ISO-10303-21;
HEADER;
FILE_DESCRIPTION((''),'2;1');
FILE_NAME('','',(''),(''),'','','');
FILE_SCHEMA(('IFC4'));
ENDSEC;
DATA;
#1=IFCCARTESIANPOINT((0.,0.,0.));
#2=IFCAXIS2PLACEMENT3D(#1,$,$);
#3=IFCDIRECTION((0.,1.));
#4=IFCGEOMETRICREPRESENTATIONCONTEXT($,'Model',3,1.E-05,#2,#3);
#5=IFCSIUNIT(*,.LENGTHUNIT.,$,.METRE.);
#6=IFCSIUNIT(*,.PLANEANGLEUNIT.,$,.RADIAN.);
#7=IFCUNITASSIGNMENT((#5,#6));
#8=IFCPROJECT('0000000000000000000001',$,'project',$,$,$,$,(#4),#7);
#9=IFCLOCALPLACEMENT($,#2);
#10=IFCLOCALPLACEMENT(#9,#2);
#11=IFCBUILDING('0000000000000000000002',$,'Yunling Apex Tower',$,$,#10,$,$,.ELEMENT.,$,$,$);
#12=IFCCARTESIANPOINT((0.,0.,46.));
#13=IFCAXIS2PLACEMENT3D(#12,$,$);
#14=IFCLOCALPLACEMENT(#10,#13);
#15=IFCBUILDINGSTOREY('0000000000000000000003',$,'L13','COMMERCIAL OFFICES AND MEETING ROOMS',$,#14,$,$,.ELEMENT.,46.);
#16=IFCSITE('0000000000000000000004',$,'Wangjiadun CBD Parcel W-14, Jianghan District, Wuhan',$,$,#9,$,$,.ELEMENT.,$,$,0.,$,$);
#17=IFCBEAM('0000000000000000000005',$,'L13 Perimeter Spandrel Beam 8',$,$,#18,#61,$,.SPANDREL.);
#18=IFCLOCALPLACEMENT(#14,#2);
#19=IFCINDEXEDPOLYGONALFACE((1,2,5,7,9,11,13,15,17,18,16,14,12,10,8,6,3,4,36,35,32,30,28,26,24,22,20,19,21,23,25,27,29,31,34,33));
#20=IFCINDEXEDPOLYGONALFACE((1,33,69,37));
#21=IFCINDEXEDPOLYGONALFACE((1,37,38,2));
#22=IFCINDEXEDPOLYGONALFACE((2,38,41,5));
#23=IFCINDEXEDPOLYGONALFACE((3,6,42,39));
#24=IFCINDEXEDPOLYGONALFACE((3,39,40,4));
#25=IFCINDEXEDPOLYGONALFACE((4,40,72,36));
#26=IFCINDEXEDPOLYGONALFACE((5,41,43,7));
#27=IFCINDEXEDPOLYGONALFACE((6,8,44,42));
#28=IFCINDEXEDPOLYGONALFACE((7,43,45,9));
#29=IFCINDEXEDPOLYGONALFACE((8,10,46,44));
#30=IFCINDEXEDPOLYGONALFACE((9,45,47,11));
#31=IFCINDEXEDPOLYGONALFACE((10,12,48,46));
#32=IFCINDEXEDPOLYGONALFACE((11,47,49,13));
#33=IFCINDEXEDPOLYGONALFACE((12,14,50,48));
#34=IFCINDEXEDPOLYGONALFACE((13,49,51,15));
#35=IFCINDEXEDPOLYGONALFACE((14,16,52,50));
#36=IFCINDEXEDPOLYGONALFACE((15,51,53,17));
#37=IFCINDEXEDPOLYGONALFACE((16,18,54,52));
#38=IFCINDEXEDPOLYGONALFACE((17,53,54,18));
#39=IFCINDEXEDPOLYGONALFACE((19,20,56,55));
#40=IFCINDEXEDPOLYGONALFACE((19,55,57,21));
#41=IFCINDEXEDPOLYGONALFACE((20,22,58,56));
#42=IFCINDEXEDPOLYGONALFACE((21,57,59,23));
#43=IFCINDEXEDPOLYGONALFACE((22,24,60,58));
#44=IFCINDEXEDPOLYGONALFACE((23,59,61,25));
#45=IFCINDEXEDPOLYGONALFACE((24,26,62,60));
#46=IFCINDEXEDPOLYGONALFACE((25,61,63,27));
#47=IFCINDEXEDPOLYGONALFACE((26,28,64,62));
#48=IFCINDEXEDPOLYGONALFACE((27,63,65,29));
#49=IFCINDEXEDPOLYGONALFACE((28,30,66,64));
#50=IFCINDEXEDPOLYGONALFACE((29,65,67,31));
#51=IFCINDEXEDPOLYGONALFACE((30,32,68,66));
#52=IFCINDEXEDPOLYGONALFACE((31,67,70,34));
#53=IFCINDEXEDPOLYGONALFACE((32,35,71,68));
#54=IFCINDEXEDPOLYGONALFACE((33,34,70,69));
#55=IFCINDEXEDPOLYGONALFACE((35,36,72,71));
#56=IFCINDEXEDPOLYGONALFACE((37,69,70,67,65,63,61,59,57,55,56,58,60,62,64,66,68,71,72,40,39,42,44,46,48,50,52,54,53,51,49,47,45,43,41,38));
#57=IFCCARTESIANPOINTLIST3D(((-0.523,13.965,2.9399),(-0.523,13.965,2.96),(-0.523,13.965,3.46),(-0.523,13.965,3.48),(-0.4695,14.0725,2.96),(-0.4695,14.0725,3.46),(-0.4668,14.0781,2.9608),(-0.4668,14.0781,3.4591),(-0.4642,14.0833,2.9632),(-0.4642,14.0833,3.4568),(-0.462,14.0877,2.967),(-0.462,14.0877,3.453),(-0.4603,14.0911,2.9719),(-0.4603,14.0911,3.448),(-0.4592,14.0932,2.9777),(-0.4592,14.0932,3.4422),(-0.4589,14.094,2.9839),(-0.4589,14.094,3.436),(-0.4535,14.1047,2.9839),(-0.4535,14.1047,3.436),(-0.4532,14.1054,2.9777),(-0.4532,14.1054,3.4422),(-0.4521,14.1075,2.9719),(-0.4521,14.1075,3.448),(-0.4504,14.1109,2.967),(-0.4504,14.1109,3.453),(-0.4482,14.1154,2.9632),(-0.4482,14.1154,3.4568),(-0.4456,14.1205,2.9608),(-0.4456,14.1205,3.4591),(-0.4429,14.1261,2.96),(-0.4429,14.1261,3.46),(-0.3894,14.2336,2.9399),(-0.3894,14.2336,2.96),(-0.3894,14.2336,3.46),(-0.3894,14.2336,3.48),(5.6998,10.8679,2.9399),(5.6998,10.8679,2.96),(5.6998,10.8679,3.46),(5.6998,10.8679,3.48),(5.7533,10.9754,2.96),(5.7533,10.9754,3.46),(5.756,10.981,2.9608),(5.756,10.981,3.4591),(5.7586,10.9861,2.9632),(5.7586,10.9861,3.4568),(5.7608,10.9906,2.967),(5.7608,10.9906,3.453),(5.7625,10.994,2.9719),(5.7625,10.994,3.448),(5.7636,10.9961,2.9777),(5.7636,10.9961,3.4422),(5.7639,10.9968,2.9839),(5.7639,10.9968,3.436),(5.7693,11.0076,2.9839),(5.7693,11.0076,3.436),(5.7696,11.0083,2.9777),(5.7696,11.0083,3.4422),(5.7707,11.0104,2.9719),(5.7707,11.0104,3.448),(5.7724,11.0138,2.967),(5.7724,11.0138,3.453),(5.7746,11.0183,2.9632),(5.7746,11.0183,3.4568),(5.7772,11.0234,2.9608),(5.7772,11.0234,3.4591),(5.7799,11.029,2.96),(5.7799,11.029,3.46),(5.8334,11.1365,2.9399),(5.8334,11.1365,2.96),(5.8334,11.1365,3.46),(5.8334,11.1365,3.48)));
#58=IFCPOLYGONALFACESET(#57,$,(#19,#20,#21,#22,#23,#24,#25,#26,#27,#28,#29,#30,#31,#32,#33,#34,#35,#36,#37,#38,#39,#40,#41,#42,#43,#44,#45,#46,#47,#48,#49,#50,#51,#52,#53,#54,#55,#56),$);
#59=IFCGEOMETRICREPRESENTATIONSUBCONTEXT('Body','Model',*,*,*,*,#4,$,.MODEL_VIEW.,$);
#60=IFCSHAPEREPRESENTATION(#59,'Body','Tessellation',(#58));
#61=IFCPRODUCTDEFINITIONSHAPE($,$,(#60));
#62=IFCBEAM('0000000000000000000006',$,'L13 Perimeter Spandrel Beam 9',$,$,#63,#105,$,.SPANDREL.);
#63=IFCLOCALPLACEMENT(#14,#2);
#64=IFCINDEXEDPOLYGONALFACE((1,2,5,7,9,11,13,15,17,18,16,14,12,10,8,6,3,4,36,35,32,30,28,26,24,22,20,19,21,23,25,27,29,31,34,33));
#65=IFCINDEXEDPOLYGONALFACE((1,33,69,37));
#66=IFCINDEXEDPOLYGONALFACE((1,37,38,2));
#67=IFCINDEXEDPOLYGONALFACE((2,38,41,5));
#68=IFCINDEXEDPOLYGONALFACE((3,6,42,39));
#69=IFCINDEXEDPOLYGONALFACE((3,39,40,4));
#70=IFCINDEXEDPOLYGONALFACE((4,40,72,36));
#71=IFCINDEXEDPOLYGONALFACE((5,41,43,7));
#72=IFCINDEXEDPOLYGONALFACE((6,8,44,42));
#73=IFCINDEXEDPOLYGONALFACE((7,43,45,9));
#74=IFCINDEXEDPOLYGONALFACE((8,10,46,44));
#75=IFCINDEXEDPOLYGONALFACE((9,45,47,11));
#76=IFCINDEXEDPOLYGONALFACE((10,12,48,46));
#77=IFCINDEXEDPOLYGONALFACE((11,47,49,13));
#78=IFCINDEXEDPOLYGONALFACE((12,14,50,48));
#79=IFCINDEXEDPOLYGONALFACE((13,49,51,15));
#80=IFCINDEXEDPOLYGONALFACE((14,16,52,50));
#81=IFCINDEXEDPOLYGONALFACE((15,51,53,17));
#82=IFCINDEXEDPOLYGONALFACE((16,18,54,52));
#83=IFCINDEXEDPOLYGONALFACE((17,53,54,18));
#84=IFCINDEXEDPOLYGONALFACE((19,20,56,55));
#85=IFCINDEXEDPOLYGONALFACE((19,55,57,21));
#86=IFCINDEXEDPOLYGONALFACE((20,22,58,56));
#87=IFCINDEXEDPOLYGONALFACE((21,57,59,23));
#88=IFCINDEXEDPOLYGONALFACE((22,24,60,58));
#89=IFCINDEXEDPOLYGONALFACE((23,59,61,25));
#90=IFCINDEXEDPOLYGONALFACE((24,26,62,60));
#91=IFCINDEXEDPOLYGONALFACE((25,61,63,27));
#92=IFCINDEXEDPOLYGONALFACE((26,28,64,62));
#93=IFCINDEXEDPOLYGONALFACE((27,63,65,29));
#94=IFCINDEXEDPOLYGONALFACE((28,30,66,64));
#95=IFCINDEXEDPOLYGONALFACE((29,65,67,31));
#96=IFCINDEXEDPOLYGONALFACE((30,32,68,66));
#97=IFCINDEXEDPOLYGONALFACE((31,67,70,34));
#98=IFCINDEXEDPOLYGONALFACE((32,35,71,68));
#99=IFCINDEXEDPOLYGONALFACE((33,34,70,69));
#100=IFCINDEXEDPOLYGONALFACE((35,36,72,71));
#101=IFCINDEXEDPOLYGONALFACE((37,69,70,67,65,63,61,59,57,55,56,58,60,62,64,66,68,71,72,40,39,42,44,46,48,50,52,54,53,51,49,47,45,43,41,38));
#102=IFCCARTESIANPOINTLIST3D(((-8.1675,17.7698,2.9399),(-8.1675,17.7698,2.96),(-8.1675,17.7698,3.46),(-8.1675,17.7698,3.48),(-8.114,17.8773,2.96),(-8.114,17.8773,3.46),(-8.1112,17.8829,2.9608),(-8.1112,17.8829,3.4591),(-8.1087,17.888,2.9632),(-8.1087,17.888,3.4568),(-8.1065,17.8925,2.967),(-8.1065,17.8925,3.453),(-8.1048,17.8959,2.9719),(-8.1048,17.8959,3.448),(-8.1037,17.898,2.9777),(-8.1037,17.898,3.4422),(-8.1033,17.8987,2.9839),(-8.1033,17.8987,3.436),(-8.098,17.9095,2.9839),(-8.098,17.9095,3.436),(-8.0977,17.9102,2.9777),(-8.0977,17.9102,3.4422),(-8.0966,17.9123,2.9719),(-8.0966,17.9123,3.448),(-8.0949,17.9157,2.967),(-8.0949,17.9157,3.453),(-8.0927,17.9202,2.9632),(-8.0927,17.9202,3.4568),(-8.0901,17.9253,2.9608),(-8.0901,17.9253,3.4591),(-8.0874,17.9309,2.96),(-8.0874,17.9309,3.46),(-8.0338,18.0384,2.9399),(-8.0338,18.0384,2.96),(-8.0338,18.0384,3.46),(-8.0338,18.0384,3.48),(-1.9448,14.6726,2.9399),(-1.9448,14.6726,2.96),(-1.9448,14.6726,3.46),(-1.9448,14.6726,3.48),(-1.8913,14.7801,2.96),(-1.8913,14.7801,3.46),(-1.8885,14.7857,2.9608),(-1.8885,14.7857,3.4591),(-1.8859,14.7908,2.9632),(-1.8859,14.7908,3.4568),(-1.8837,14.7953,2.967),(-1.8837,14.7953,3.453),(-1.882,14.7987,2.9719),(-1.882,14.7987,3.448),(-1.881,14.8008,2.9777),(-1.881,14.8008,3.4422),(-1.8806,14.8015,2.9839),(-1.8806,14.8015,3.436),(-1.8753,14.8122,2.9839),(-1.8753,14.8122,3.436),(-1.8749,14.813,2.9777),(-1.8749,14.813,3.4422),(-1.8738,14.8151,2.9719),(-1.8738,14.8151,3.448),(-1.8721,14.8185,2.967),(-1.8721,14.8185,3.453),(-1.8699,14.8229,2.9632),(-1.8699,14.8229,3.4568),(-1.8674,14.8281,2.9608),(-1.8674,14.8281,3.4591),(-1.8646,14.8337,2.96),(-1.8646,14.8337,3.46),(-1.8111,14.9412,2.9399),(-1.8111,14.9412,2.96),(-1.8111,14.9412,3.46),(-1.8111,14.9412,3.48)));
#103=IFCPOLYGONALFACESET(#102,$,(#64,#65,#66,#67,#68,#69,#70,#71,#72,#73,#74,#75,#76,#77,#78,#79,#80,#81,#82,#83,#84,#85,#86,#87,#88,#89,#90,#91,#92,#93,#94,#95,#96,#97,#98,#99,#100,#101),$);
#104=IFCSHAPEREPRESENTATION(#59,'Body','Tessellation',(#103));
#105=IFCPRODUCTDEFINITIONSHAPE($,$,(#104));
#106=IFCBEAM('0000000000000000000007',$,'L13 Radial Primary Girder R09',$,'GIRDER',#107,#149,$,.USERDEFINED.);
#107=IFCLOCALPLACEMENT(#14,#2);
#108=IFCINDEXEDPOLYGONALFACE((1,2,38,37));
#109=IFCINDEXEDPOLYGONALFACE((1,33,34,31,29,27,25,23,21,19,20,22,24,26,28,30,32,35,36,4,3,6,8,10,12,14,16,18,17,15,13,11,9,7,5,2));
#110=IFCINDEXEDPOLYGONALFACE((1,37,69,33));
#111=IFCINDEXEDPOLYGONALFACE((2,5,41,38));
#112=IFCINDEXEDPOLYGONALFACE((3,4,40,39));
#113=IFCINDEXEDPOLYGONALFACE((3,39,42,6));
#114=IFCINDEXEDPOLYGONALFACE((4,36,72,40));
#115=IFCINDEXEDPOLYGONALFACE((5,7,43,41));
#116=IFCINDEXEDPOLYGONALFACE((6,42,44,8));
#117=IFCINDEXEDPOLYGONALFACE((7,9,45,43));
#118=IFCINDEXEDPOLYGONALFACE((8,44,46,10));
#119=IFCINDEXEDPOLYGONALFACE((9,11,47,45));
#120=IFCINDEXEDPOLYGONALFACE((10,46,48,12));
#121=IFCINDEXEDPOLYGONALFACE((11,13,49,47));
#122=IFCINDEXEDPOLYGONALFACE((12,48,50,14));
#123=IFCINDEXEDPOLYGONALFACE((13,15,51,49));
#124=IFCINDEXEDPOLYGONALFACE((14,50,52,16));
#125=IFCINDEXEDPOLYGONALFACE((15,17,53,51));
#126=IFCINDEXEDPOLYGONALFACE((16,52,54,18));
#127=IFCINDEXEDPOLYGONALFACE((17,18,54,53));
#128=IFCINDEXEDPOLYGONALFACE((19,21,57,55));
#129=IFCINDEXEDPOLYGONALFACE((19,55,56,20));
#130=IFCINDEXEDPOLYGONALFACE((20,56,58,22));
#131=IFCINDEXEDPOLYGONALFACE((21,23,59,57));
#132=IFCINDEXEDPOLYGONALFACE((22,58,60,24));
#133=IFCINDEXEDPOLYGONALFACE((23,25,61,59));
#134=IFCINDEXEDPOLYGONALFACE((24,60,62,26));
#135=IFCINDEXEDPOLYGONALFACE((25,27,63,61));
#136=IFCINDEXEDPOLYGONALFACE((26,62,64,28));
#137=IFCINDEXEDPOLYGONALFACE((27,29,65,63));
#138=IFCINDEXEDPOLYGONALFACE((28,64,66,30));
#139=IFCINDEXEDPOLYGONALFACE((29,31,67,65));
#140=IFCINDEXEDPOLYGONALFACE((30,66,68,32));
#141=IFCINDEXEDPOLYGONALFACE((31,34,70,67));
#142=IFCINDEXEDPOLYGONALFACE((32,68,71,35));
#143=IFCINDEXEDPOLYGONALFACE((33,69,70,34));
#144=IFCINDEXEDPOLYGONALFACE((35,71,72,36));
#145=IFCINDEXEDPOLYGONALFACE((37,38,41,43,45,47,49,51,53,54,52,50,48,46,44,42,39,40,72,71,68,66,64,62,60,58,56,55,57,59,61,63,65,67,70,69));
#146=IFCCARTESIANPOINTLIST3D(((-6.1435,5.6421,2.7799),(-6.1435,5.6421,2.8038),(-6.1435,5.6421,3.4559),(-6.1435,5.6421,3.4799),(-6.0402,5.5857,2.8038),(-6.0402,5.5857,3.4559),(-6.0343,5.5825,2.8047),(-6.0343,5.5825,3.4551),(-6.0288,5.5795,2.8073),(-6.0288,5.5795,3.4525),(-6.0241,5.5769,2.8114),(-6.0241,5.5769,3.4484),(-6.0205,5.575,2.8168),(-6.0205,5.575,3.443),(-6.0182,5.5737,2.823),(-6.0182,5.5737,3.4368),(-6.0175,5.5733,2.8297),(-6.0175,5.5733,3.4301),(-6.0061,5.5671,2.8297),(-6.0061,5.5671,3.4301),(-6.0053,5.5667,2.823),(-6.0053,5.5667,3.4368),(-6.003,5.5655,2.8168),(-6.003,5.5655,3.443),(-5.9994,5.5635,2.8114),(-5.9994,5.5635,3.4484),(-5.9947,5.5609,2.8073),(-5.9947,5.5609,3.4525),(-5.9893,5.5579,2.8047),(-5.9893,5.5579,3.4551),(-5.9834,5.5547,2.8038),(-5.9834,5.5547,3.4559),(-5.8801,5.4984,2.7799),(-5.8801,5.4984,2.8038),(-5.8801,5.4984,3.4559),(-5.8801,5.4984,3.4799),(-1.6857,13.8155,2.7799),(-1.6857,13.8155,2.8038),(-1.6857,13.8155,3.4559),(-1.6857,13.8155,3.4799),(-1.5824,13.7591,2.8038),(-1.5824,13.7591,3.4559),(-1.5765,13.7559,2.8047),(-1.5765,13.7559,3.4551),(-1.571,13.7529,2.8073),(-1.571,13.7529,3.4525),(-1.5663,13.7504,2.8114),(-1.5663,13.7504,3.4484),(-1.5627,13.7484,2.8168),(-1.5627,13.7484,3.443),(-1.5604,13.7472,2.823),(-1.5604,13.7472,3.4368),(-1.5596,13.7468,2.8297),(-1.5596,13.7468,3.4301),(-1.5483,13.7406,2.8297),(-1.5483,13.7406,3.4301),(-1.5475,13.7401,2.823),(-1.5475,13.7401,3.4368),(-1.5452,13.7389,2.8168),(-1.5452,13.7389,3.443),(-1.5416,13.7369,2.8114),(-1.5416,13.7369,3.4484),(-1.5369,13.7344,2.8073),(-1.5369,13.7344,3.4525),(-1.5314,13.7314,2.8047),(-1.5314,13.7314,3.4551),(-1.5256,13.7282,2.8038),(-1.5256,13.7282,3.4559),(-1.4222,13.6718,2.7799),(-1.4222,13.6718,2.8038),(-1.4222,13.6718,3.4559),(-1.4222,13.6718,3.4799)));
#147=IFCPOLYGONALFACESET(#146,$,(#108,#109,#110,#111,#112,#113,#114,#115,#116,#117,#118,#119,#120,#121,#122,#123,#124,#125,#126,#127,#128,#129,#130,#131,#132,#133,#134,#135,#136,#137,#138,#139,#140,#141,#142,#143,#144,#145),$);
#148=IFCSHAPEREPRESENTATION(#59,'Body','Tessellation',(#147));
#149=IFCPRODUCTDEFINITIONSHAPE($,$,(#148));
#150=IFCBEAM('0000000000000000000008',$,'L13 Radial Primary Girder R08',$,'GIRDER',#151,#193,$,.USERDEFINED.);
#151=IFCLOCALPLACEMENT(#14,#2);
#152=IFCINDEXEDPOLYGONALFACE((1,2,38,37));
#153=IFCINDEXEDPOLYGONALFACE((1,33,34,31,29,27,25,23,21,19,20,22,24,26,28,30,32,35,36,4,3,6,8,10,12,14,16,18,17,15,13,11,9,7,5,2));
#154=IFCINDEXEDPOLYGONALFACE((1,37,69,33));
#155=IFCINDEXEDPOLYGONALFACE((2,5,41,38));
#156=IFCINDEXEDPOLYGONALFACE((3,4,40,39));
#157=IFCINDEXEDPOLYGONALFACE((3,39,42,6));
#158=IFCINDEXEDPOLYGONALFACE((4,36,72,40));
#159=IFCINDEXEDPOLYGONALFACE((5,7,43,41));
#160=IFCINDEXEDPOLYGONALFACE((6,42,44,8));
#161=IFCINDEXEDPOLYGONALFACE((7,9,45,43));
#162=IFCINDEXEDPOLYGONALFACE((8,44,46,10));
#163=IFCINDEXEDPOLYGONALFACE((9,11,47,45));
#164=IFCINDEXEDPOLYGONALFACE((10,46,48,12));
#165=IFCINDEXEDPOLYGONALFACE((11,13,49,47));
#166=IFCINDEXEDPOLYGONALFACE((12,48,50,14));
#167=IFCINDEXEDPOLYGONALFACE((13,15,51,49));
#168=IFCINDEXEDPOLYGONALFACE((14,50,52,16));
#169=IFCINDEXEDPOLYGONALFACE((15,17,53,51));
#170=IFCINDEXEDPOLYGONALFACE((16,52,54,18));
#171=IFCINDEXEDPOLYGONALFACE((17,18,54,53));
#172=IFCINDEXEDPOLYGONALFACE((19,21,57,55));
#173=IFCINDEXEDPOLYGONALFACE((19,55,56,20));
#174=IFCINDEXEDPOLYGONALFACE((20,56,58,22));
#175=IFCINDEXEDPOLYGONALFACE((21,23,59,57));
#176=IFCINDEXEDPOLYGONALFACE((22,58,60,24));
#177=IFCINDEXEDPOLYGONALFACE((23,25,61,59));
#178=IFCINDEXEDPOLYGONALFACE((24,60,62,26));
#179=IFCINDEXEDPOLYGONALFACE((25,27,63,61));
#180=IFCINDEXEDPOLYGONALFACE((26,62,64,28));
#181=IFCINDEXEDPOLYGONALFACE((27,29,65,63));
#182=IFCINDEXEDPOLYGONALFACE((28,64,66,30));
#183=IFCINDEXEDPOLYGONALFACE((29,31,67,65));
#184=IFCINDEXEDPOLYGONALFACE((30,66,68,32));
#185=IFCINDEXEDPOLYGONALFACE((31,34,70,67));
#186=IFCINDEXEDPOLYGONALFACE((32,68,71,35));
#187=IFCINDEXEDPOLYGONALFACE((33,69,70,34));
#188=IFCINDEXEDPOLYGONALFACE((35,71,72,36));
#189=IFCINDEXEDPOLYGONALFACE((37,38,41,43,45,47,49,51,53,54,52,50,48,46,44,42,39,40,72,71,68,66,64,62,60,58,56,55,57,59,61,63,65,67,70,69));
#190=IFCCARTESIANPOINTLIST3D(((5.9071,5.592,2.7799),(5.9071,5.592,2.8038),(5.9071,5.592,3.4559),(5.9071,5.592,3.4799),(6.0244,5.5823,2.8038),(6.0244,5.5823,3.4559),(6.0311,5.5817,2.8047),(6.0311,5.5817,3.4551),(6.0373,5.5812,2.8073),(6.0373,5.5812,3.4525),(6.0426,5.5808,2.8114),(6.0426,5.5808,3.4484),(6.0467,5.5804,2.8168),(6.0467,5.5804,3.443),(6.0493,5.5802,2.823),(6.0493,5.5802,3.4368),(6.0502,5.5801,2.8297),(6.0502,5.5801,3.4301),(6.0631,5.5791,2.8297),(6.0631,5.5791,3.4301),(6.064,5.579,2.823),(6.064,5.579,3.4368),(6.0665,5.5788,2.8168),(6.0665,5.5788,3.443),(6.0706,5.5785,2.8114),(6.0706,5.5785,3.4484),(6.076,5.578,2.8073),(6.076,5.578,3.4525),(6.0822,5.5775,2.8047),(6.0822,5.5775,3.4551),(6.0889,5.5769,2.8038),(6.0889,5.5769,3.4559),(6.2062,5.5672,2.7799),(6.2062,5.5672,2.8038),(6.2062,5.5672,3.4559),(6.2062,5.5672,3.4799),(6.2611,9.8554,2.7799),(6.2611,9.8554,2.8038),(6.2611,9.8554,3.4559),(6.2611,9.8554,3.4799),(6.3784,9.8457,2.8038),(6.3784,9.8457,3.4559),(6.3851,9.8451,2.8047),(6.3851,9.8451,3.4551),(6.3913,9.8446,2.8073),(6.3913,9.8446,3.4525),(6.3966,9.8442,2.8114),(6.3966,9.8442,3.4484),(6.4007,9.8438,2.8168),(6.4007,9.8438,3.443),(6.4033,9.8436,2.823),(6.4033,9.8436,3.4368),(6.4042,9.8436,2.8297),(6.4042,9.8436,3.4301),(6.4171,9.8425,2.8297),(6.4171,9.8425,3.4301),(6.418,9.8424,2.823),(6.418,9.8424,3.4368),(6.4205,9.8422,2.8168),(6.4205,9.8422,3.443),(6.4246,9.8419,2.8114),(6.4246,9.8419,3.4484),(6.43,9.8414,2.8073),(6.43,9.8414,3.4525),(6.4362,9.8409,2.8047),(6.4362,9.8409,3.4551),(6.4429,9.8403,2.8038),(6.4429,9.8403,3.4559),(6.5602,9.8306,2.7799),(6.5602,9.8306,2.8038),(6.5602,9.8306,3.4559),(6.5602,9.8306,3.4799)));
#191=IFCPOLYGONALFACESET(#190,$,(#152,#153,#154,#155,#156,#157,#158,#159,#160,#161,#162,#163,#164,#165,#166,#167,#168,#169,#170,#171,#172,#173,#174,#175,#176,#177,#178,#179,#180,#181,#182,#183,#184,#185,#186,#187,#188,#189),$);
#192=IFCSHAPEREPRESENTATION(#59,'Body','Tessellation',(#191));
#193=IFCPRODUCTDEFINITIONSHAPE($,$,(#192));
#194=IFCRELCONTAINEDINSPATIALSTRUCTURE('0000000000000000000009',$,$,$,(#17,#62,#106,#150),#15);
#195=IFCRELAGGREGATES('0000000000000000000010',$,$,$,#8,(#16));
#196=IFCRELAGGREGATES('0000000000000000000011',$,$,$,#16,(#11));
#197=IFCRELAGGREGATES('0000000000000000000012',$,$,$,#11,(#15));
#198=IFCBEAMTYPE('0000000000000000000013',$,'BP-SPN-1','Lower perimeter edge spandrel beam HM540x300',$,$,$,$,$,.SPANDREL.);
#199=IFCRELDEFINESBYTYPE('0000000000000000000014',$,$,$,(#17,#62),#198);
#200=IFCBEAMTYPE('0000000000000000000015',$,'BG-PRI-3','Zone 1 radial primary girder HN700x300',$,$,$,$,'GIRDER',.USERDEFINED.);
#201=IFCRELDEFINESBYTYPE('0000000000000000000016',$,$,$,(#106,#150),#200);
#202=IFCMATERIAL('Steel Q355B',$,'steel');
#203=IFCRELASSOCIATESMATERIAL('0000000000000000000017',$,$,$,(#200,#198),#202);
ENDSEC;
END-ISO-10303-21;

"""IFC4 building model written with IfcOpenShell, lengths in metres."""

from ifc_helpers import new_model, si_unit, direction, frame, origin, origin_2d, place, context, subcontext, project, spatial, i_section, extrude, source, transform, mapped, material, material_profile, profile_set, type_object, element, save


model = new_model("IFC4")

# Units and contexts
model_context = context("Model", 3, precision=1e-05, world=origin(), true_north=direction((0.0, 1.0)))
body_context = subcontext(model_context, "Body", "Model", "MODEL_VIEW")
ifc_project = project(units=[si_unit("LENGTHUNIT", "METRE"), si_unit("PLANEANGLEUNIT", "RADIAN")], contexts=[model_context])

# Site, building, storey
site_placement = place(None, origin())
site = spatial("IfcSite", under=ifc_project, at=site_placement, Name="Wangjiadun CBD Parcel W-14, Jianghan District, Wuhan", CompositionType="ELEMENT", RefElevation=0.0)
building_placement = place(site_placement, origin())
building = spatial("IfcBuilding", under=site, at=building_placement, Name="Yunling Apex Tower", CompositionType="ELEMENT")
storey_placement = place(building_placement, frame((0.0, 0.0, 46.0)))
storey = spatial("IfcBuildingStorey", under=building, at=storey_placement, Name="L13", Description="COMMERCIAL OFFICES AND MEETING ROOMS", CompositionType="ELEMENT", Elevation=46.0)

# Beams
ifc_material_1 = material(Name="Steel Q355B", Category="steel")
ifc_material_profile_1 = material_profile(ifc_material_1, i_section(OverallWidth=0.3, OverallDepth=0.7, WebThickness=0.0129, FlangeThickness=0.0239, FilletRadius=0.0259, at=origin_2d()))
ifc_profile_set_1 = profile_set([ifc_material_profile_1], Name="Steel Q355B")
beam_type_1 = type_object("IfcBeamType", Name="BG-PRI-3", Description="Zone 1 radial primary girder HN700x300", ElementType="GIRDER", PredefinedType="USERDEFINED", material=ifc_profile_set_1)
ifc_material_profile_2 = material_profile(ifc_material_1, i_section(OverallWidth=0.3, OverallDepth=0.54, WebThickness=0.012, FlangeThickness=0.02, FilletRadius=0.0239, at=origin_2d()))
ifc_profile_set_2 = profile_set([ifc_material_profile_2], Name="Steel Q355B")
beam_type_2 = type_object("IfcBeamType", Name="BP-SPN-1", Description="Lower perimeter edge spandrel beam HM540x300", PredefinedType="SPANDREL", material=ifc_profile_set_2)
shared_shape_1 = source(origin(), body_context, "Body", "SweptSolid", [
    extrude(i_section(OverallWidth=0.3, OverallDepth=0.54, WebThickness=0.012, FlangeThickness=0.02, FilletRadius=0.0239, at=origin_2d()), origin(), (0.0, 0.0, 1.0), 6.9509),
])
for number, where, z_axis, x_axis, name in (
    (1, (5.7666, 11.0022, 3.21), (-0.895248, 0.445569, 0.0), (-0.445569, -0.895248, 0.0), "L13 Perimeter Spandrel Beam 8"),
    (2, (-1.8779, 14.8069, 3.21), (-0.895241, 0.445583, 0.0), (-0.445583, -0.895241, 0.0), "L13 Perimeter Spandrel Beam 9"),
):
    element("IfcBeam", number, at=place(storey_placement, frame(where, z_axis=z_axis, x_axis=x_axis)), inside=storey, type_object=beam_type_2, Name=name, PredefinedType="SPANDREL", context=body_context, shape_type="MappedRepresentation", body=[
        mapped(shared_shape_1, transform((0.0, 0.0, 0.0), scale=1.0)),
    ])
shared_shape_2 = source(origin(), body_context, "Body", "SweptSolid", [
    extrude(i_section(OverallWidth=0.3, OverallDepth=0.7, WebThickness=0.0129, FlangeThickness=0.0239, FilletRadius=0.0259, at=origin_2d()), origin(), (0.0, 0.0, 1.0), 9.3101),
])
beam_1_placement = place(storey_placement, frame((-1.554, 13.7437, 3.1299), z_axis=(-0.478817, -0.877915, 0.0), x_axis=(0.877915, -0.478817, 0.0)))
element("IfcBeam", 3, at=beam_1_placement, inside=storey, type_object=beam_type_1, Name="L13 Radial Primary Girder R09", ObjectType="GIRDER", PredefinedType="USERDEFINED", context=body_context, shape_type="MappedRepresentation", body=[
    mapped(shared_shape_2, transform((0.0, 0.0, 0.0), scale=1.0)),
])
shared_shape_3 = source(origin(), body_context, "Body", "SweptSolid", [
    extrude(i_section(OverallWidth=0.3, OverallDepth=0.7, WebThickness=0.0129, FlangeThickness=0.0239, FilletRadius=0.0259, at=origin_2d()), origin(), (0.0, 0.0, 1.0), 4.2781),
])
beam_2_placement = place(storey_placement, frame((6.4106, 9.843, 3.1299), z_axis=(-0.082748, -0.996571, 0.0), x_axis=(0.996571, -0.082748, 0.0)))
element("IfcBeam", 4, at=beam_2_placement, inside=storey, type_object=beam_type_1, Name="L13 Radial Primary Girder R08", ObjectType="GIRDER", PredefinedType="USERDEFINED", context=body_context, shape_type="MappedRepresentation", body=[
    mapped(shared_shape_3, transform((0.0, 0.0, 0.0), scale=1.0)),
])

save(model, "model.ifc")
